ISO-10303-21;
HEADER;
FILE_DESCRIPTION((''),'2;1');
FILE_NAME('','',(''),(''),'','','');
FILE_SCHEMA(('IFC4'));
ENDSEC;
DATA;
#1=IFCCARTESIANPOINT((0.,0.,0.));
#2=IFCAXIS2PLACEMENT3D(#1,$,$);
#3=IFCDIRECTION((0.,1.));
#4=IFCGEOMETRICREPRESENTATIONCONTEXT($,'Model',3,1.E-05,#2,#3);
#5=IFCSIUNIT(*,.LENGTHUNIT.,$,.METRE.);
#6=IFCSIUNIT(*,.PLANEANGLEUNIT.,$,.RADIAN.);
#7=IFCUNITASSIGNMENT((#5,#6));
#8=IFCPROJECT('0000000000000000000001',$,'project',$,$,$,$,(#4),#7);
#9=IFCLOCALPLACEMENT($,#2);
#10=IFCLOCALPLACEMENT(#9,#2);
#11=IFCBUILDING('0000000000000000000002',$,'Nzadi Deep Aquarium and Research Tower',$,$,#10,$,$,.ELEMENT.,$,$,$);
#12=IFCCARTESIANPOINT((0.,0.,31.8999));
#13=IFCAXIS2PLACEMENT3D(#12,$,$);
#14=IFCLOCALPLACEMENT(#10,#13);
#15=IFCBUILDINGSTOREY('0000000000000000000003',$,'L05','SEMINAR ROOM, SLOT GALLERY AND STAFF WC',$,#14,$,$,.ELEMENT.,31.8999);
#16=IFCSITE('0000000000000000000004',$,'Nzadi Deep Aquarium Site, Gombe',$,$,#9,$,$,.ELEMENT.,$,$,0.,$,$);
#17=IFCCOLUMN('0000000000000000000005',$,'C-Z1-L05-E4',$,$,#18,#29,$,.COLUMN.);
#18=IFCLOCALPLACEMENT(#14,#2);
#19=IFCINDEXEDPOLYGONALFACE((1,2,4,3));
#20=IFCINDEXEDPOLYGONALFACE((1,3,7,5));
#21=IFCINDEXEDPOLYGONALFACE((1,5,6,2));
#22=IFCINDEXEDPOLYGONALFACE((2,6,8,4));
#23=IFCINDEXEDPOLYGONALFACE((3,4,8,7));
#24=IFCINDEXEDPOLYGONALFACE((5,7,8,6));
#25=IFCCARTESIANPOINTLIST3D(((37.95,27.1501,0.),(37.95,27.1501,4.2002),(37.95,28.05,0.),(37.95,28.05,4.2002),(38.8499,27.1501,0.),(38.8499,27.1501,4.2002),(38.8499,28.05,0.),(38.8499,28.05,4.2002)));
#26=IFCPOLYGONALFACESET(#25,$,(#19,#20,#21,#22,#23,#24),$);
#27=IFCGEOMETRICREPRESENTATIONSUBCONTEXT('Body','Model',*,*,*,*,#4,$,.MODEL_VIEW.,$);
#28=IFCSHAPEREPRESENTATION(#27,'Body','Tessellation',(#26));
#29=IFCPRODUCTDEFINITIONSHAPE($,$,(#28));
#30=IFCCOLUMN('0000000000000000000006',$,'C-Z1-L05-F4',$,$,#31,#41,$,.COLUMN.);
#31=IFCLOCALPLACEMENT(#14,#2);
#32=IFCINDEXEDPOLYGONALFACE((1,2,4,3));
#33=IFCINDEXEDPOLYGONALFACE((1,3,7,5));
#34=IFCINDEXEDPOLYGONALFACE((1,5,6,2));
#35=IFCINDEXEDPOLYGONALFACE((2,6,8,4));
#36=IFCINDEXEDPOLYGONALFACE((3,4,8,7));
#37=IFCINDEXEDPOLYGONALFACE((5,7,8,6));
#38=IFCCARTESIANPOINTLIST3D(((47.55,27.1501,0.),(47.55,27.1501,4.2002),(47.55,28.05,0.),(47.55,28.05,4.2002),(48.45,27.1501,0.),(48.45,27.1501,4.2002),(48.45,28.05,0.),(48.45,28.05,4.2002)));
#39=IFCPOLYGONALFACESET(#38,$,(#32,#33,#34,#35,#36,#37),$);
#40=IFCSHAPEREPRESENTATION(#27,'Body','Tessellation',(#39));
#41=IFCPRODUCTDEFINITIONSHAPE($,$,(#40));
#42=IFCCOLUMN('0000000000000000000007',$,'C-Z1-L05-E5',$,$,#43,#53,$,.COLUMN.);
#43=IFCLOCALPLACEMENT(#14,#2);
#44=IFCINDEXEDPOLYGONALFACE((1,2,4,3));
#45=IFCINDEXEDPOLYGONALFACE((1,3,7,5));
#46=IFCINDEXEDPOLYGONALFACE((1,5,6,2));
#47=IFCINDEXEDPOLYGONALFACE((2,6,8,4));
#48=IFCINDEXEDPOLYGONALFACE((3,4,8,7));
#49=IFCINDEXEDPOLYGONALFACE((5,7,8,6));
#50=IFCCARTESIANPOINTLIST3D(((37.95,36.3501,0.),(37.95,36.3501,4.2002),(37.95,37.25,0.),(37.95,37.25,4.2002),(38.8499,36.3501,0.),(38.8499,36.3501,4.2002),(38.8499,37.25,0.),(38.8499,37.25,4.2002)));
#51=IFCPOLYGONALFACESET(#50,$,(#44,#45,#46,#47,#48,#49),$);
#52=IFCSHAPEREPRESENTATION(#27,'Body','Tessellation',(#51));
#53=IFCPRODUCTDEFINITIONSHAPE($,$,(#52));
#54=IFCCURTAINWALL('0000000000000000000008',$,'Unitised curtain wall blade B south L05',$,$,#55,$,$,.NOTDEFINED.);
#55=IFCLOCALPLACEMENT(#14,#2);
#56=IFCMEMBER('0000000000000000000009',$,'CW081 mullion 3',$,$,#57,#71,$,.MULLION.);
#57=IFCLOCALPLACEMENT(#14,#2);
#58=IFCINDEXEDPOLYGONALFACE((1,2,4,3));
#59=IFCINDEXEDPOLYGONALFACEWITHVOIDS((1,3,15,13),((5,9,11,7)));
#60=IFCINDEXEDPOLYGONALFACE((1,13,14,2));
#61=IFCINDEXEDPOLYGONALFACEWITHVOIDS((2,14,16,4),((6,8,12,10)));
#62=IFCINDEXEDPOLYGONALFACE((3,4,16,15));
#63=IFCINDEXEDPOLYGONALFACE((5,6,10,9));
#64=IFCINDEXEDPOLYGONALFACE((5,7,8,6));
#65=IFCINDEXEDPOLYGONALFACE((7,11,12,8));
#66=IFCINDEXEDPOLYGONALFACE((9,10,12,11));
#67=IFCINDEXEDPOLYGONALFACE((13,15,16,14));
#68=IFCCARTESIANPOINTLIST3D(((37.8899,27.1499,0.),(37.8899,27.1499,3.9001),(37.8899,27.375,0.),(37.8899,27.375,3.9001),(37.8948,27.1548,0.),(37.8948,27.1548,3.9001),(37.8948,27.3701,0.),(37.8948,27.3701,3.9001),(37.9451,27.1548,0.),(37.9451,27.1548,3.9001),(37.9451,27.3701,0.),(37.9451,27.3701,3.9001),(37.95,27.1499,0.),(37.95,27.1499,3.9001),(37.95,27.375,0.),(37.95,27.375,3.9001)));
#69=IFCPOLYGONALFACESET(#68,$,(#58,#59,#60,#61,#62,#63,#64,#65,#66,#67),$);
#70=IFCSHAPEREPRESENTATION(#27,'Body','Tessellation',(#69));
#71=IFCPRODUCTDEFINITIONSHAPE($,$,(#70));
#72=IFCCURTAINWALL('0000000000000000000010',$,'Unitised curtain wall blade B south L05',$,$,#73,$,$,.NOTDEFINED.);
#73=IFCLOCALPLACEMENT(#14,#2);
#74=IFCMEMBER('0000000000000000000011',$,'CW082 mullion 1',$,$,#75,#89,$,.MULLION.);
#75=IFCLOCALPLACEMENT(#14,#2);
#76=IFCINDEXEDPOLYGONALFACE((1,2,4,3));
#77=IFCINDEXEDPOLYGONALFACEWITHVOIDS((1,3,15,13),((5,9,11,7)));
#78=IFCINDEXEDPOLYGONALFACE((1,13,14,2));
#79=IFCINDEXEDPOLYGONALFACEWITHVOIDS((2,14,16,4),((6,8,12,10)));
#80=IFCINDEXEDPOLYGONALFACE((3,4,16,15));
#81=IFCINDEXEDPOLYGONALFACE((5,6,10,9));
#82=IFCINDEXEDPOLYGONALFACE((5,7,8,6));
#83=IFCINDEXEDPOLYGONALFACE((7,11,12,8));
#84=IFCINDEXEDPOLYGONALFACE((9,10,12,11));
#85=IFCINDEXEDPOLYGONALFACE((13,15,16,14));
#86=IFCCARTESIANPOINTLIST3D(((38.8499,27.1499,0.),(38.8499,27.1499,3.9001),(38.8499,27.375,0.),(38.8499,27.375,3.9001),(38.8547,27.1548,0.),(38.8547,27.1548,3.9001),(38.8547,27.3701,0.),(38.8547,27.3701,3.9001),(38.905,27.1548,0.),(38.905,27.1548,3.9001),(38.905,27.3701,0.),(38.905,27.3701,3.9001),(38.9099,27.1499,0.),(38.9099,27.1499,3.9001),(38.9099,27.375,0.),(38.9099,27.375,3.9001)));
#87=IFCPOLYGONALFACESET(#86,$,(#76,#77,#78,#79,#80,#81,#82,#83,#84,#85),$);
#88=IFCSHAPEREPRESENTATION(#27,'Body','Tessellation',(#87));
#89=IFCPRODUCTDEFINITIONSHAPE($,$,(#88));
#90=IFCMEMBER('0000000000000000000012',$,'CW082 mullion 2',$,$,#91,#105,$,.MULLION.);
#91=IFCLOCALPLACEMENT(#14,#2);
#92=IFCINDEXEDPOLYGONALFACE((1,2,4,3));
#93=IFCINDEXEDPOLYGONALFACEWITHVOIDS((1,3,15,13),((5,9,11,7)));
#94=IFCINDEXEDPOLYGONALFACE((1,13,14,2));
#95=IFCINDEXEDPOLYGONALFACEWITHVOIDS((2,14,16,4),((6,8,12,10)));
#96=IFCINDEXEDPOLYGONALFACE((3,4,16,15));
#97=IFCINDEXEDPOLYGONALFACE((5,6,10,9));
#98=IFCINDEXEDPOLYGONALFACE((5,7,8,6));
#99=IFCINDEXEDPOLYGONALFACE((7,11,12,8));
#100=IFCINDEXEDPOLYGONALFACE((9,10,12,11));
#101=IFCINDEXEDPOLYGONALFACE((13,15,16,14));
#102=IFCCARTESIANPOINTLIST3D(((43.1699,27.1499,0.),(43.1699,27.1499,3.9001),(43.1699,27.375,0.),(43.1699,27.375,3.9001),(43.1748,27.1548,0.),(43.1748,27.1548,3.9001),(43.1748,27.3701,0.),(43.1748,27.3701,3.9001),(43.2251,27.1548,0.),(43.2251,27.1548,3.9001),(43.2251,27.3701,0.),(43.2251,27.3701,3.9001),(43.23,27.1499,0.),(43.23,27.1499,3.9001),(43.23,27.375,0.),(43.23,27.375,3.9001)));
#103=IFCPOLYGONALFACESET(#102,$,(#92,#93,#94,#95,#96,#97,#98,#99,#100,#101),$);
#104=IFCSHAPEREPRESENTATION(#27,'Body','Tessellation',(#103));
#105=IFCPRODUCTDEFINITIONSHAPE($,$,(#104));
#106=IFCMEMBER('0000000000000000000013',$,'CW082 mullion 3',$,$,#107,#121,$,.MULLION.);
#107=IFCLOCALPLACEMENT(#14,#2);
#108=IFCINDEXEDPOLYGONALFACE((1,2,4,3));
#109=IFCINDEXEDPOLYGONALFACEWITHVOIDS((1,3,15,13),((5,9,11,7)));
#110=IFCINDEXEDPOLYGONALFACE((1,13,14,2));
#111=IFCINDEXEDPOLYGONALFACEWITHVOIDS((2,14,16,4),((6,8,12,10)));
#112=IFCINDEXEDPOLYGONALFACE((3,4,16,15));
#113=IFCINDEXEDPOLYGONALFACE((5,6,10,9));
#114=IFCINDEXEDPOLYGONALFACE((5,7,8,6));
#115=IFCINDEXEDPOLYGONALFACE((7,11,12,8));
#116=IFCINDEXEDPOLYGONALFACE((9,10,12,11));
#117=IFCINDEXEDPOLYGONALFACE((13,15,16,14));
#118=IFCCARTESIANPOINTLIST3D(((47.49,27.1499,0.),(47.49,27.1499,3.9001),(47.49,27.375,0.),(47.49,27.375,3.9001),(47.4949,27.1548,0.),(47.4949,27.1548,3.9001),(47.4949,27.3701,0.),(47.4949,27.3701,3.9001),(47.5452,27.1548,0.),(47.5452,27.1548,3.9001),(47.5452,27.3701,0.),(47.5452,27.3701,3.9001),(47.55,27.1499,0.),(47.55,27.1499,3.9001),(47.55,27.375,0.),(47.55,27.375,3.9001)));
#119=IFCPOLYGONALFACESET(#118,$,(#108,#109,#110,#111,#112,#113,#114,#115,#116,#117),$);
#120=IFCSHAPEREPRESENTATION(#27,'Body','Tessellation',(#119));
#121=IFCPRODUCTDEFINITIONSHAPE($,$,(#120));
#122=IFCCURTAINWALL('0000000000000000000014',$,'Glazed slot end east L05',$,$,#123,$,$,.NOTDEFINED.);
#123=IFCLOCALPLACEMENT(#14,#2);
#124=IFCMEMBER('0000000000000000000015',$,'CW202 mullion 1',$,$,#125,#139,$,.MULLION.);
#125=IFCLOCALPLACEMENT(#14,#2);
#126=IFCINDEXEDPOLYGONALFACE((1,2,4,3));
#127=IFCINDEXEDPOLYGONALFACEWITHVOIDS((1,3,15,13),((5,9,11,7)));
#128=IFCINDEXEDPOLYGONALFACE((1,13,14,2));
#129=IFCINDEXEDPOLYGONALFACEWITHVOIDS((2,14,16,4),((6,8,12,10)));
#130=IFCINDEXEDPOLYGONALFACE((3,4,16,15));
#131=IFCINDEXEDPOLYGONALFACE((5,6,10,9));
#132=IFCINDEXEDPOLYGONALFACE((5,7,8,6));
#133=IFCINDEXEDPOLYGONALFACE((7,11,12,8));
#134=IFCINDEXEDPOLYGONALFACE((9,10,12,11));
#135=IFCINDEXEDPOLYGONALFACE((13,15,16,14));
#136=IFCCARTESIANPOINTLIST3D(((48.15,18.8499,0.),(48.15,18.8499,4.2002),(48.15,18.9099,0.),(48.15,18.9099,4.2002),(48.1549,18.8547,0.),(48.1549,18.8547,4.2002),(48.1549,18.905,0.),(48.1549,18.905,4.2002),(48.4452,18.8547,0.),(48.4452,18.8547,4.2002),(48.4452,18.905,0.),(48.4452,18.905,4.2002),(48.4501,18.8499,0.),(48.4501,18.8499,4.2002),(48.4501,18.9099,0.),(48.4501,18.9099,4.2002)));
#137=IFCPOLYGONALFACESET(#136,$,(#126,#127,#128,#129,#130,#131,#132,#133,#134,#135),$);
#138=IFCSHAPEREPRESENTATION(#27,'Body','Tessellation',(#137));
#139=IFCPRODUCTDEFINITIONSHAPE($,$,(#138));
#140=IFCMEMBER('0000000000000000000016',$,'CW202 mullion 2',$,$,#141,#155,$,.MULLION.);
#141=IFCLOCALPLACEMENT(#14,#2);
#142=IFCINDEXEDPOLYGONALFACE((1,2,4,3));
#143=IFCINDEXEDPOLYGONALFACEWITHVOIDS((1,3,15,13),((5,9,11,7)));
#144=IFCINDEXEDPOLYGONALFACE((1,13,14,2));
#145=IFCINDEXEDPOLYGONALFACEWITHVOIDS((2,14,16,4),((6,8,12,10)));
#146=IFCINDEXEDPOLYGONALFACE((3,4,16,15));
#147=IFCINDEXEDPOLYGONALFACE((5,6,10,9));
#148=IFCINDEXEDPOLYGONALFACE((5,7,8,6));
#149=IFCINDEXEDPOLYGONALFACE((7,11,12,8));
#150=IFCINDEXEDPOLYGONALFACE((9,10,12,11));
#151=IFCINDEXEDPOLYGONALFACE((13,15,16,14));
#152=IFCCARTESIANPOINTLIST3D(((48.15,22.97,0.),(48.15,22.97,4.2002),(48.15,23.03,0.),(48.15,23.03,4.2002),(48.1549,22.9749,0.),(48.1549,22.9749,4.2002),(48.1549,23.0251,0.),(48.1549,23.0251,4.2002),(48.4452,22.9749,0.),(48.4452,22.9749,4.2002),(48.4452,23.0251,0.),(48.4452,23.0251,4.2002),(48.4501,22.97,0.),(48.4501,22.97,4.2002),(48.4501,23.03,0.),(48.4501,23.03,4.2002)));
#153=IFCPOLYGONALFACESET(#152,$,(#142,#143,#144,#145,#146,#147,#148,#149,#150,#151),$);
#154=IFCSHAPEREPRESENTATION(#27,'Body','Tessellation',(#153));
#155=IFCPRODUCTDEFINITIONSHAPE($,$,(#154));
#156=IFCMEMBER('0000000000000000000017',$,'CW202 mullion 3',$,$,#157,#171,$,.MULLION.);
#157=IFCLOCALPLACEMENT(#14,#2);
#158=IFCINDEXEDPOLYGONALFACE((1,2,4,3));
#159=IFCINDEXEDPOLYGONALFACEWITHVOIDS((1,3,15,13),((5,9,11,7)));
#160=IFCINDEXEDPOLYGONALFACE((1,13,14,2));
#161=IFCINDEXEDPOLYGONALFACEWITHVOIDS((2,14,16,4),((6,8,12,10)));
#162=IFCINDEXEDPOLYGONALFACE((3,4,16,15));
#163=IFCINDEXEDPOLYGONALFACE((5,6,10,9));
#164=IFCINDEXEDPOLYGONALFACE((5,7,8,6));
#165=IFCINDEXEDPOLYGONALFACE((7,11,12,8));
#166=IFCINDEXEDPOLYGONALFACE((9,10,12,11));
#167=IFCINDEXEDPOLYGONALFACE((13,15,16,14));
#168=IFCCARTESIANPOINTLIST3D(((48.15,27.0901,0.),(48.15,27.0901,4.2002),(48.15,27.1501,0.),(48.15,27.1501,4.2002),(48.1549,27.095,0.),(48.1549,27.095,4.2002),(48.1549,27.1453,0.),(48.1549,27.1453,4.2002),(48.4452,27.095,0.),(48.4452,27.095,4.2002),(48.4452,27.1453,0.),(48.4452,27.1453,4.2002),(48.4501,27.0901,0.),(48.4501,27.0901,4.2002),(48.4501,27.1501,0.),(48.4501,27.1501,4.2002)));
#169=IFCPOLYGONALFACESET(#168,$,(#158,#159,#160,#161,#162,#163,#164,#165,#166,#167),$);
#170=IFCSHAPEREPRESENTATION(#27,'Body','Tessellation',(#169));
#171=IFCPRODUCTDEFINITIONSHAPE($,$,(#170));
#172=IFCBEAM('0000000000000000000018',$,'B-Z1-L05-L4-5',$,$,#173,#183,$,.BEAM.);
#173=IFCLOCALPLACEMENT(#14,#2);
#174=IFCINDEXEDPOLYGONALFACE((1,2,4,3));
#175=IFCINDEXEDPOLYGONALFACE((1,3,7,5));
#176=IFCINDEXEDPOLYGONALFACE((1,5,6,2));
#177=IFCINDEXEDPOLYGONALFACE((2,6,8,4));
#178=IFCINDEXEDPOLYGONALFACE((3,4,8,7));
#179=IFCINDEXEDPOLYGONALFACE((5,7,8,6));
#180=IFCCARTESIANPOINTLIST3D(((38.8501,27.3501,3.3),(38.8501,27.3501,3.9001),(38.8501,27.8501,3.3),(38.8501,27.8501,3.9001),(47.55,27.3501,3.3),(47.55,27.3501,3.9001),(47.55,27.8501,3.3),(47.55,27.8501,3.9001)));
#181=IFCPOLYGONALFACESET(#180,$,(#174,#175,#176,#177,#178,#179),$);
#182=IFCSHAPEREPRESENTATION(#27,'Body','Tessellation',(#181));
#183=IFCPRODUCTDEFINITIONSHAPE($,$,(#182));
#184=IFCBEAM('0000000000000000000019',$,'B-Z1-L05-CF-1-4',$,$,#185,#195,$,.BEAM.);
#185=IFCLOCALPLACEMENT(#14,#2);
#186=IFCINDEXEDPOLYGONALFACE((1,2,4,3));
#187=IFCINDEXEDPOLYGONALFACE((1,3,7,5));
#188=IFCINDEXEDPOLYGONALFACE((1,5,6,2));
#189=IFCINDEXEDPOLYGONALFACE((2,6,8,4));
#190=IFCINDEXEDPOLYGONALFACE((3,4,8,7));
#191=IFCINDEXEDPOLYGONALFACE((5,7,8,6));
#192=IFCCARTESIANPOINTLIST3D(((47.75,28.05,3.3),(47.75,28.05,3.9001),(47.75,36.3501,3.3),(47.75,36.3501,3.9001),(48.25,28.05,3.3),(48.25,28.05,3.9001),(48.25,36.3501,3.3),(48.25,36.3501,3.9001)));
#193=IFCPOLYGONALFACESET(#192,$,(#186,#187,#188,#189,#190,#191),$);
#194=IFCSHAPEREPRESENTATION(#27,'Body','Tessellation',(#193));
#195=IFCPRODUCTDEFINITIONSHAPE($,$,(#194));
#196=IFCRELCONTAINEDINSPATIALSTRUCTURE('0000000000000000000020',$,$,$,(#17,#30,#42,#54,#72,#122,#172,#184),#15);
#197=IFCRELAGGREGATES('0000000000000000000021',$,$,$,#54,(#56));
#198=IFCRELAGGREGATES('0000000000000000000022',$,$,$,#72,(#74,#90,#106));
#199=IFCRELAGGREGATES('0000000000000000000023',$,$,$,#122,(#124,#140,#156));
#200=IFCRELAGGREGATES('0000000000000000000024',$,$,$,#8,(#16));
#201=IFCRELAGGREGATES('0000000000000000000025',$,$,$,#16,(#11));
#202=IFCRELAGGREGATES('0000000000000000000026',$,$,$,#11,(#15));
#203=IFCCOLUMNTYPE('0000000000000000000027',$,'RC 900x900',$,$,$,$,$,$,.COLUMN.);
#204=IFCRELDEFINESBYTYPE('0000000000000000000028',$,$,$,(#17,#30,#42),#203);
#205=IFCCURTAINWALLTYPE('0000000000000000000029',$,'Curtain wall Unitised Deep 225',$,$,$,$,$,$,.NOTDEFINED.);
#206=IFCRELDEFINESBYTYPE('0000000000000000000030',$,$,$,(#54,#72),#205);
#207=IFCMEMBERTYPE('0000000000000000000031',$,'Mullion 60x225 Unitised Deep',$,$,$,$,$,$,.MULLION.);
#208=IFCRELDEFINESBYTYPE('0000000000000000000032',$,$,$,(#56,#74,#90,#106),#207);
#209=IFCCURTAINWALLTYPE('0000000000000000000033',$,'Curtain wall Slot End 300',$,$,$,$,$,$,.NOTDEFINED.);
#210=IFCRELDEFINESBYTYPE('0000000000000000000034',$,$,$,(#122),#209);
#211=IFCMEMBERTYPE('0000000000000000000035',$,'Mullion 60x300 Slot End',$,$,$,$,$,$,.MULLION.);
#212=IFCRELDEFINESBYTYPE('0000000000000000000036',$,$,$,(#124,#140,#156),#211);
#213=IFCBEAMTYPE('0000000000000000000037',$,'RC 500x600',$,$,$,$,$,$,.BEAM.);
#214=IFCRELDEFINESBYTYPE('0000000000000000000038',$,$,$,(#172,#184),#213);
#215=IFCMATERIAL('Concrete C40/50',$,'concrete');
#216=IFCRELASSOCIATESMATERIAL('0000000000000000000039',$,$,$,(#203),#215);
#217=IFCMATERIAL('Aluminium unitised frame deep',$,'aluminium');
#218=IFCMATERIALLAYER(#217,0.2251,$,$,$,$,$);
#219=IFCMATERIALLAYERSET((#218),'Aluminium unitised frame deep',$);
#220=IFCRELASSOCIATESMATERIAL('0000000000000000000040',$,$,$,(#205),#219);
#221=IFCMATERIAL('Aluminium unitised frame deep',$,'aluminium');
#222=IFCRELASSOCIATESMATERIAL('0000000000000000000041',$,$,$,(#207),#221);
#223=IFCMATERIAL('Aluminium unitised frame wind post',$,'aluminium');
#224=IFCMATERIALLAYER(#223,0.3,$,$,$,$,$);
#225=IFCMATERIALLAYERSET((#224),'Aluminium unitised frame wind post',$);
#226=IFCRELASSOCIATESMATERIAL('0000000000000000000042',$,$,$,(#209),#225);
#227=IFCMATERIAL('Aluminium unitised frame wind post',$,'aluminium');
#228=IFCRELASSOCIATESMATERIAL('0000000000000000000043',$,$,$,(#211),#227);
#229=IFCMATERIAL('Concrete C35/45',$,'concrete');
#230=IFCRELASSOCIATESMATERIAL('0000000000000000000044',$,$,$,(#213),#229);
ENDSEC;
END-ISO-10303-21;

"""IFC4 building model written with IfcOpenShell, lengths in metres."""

from ifc_helpers import new_model, si_unit, direction, frame, origin, origin_2d, place, context, subcontext, project, spatial, rectangle, hollow_rectangle, extrude, material, layer, layer_set, material_profile, profile_set, type_object, element, aggregate, save


model = new_model("IFC4")

# Units and contexts
model_context = context("Model", 3, precision=1e-05, world=origin(), true_north=direction((0.0, 1.0)))
body_context = subcontext(model_context, "Body", "Model", "MODEL_VIEW")
ifc_project = project(units=[si_unit("LENGTHUNIT", "METRE"), si_unit("PLANEANGLEUNIT", "RADIAN")], contexts=[model_context])

# Site, building, storey
site_placement = place(None, origin())
site = spatial("IfcSite", under=ifc_project, at=site_placement, Name="Nzadi Deep Aquarium Site, Gombe", CompositionType="ELEMENT", RefElevation=0.0)
building_placement = place(site_placement, origin())
building = spatial("IfcBuilding", under=site, at=building_placement, Name="Nzadi Deep Aquarium and Research Tower", CompositionType="ELEMENT")
storey_placement = place(building_placement, frame((0.0, 0.0, 31.8999)))
storey = spatial("IfcBuildingStorey", under=building, at=storey_placement, Name="L05", Description="SEMINAR ROOM, SLOT GALLERY AND STAFF WC", CompositionType="ELEMENT", Elevation=31.8999)

# Columns
ifc_material_1 = material(Name="Concrete C40/50", Category="concrete")
ifc_material_profile_1 = material_profile(ifc_material_1, rectangle(XDim=0.8999, YDim=0.8999, at=origin_2d()))
ifc_profile_set_1 = profile_set([ifc_material_profile_1], Name="Concrete C40/50")
column_type = type_object("IfcColumnType", Name="RC 900x900", PredefinedType="COLUMN", material=ifc_profile_set_1)
for number, where, z_axis, x_axis, name in (
    (1, (38.3999, 27.6001, 0.0), (0.0, 0.0, 1.0), (1.0, 0.0, 0.0), "C-Z1-L05-E4"),
    (2, (48.0, 27.6001, 0.0), (0.0, 0.0, 1.0), (1.0, 0.0, 0.0), "C-Z1-L05-F4"),
    (3, (38.3999, 36.8, 0.0), (0.0, 0.0, 1.0), (1.0, 0.0, 0.0), "C-Z1-L05-E5"),
):
    element("IfcColumn", number, at=place(storey_placement, frame(where, z_axis=z_axis, x_axis=x_axis)), inside=storey, type_object=column_type, Name=name, PredefinedType="COLUMN", context=body_context, shape_type="SweptSolid", body=[
        extrude(rectangle(XDim=0.8999, YDim=0.8999, at=origin_2d()), origin(), (0.0, 0.0, 1.0), 4.2002),
    ])

# Curtain wall, member
ifc_material_2 = material(Name="Aluminium unitised frame deep", Category="aluminium")
ifc_layer_1 = layer(ifc_material_2, 0.2251)
ifc_layer_set_1 = layer_set([ifc_layer_1], Name="Aluminium unitised frame deep")
curtain_wall_type_1 = type_object("IfcCurtainWallType", Name="Curtain wall Unitised Deep 225", PredefinedType="NOTDEFINED", material=ifc_layer_set_1)
curtain_wall_1_placement = place(storey_placement, origin())
curtain_wall_1 = element("IfcCurtainWall", 4, at=curtain_wall_1_placement, inside=storey, type_object=curtain_wall_type_1, Name="Unitised curtain wall blade B south L05", PredefinedType="NOTDEFINED")
ifc_material_3 = material(Name="Aluminium unitised frame deep", Category="aluminium")
ifc_material_profile_2 = material_profile(ifc_material_3, hollow_rectangle(XDim=0.2251, YDim=0.0601, WallThickness=0.0049, at=origin_2d()))
ifc_profile_set_2 = profile_set([ifc_material_profile_2], Name="Aluminium unitised frame deep")
member_type_1 = type_object("IfcMemberType", Name="Mullion 60x225 Unitised Deep", PredefinedType="MULLION", material=ifc_profile_set_2)
member_1_placement = place(storey_placement, frame((37.9199, 27.2625, 0.0), z_axis=(0.0, 0.0, 1.0), x_axis=(0.0, 1.0, 0.0)))
member_1 = element("IfcMember", 5, at=member_1_placement, type_object=member_type_1, Name="CW081 mullion 3", PredefinedType="MULLION", context=body_context, shape_type="SweptSolid", body=[
    extrude(hollow_rectangle(XDim=0.2251, YDim=0.0601, WallThickness=0.0049, at=origin_2d()), origin(), (0.0, 0.0, 1.0), 3.9001),
])

# Curtain walls, members
curtain_wall_2_placement = place(storey_placement, origin())
curtain_wall_2 = element("IfcCurtainWall", 6, at=curtain_wall_2_placement, inside=storey, type_object=curtain_wall_type_1, Name="Unitised curtain wall blade B south L05", PredefinedType="NOTDEFINED")
member_2_placement = place(storey_placement, frame((38.8799, 27.2625, 0.0), z_axis=(0.0, 0.0, 1.0), x_axis=(0.0, 1.0, 0.0)))
member_2 = element("IfcMember", 7, at=member_2_placement, type_object=member_type_1, Name="CW082 mullion 1", PredefinedType="MULLION", context=body_context, shape_type="SweptSolid", body=[
    extrude(hollow_rectangle(XDim=0.2251, YDim=0.0601, WallThickness=0.0049, at=origin_2d()), origin(), (0.0, 0.0, 1.0), 3.9001),
])
member_3_placement = place(storey_placement, frame((43.2, 27.2625, 0.0), z_axis=(0.0, 0.0, 1.0), x_axis=(0.0, 1.0, 0.0)))
member_3 = element("IfcMember", 8, at=member_3_placement, type_object=member_type_1, Name="CW082 mullion 2", PredefinedType="MULLION", context=body_context, shape_type="SweptSolid", body=[
    extrude(hollow_rectangle(XDim=0.2251, YDim=0.0601, WallThickness=0.0049, at=origin_2d()), origin(), (0.0, 0.0, 1.0), 3.9001),
])
member_4_placement = place(storey_placement, frame((47.52, 27.2625, 0.0), z_axis=(0.0, 0.0, 1.0), x_axis=(0.0, 1.0, 0.0)))
member_4 = element("IfcMember", 9, at=member_4_placement, type_object=member_type_1, Name="CW082 mullion 3", PredefinedType="MULLION", context=body_context, shape_type="SweptSolid", body=[
    extrude(hollow_rectangle(XDim=0.2251, YDim=0.0601, WallThickness=0.0049, at=origin_2d()), origin(), (0.0, 0.0, 1.0), 3.9001),
])
ifc_material_4 = material(Name="Aluminium unitised frame wind post", Category="aluminium")
ifc_layer_2 = layer(ifc_material_4, 0.3)
ifc_layer_set_2 = layer_set([ifc_layer_2], Name="Aluminium unitised frame wind post")
curtain_wall_type_2 = type_object("IfcCurtainWallType", Name="Curtain wall Slot End 300", PredefinedType="NOTDEFINED", material=ifc_layer_set_2)
curtain_wall_3_placement = place(storey_placement, origin())
curtain_wall_3 = element("IfcCurtainWall", 10, at=curtain_wall_3_placement, inside=storey, type_object=curtain_wall_type_2, Name="Glazed slot end east L05", PredefinedType="NOTDEFINED")
ifc_material_5 = material(Name="Aluminium unitised frame wind post", Category="aluminium")
ifc_material_profile_3 = material_profile(ifc_material_5, hollow_rectangle(XDim=0.3, YDim=0.0601, WallThickness=0.0049, at=origin_2d()))
ifc_profile_set_3 = profile_set([ifc_material_profile_3], Name="Aluminium unitised frame wind post")
member_type_2 = type_object("IfcMemberType", Name="Mullion 60x300 Slot End", PredefinedType="MULLION", material=ifc_profile_set_3)
member_5_placement = place(storey_placement, frame((48.3, 18.8799, 0.0), z_axis=(0.0, 0.0, 1.0), x_axis=(-1.0, 0.0, 0.0)))
member_5 = element("IfcMember", 11, at=member_5_placement, type_object=member_type_2, Name="CW202 mullion 1", PredefinedType="MULLION", context=body_context, shape_type="SweptSolid", body=[
    extrude(hollow_rectangle(XDim=0.3, YDim=0.0601, WallThickness=0.0049, at=origin_2d()), origin(), (0.0, 0.0, 1.0), 4.2002),
])
member_6_placement = place(storey_placement, frame((48.3, 23.0, 0.0), z_axis=(0.0, 0.0, 1.0), x_axis=(-1.0, 0.0, 0.0)))
member_6 = element("IfcMember", 12, at=member_6_placement, type_object=member_type_2, Name="CW202 mullion 2", PredefinedType="MULLION", context=body_context, shape_type="SweptSolid", body=[
    extrude(hollow_rectangle(XDim=0.3, YDim=0.0601, WallThickness=0.0049, at=origin_2d()), origin(), (0.0, 0.0, 1.0), 4.2002),
])
member_7_placement = place(storey_placement, frame((48.3, 27.1201, 0.0), z_axis=(0.0, 0.0, 1.0), x_axis=(-1.0, 0.0, 0.0)))
member_7 = element("IfcMember", 13, at=member_7_placement, type_object=member_type_2, Name="CW202 mullion 3", PredefinedType="MULLION", context=body_context, shape_type="SweptSolid", body=[
    extrude(hollow_rectangle(XDim=0.3, YDim=0.0601, WallThickness=0.0049, at=origin_2d()), origin(), (0.0, 0.0, 1.0), 4.2002),
])

# Beams
ifc_material_6 = material(Name="Concrete C35/45", Category="concrete")
ifc_material_profile_4 = material_profile(ifc_material_6, rectangle(XDim=0.5, YDim=0.6001, at=origin_2d()))
ifc_profile_set_4 = profile_set([ifc_material_profile_4], Name="Concrete C35/45")
beam_type = type_object("IfcBeamType", Name="RC 500x600", PredefinedType="BEAM", material=ifc_profile_set_4)
beam_1_placement = place(storey_placement, frame((38.8501, 27.6001, 3.6001), z_axis=(1.0, 0.0, 0.0), x_axis=(0.0, 1.0, 0.0)))
element("IfcBeam", 14, at=beam_1_placement, inside=storey, type_object=beam_type, Name="B-Z1-L05-L4-5", PredefinedType="BEAM", context=body_context, shape_type="SweptSolid", body=[
    extrude(rectangle(XDim=0.5, YDim=0.6001, at=origin_2d()), origin(), (0.0, 0.0, 1.0), 8.7),
])
beam_2_placement = place(storey_placement, frame((48.0, 28.05, 3.6001), z_axis=(0.0, 1.0, 0.0), x_axis=(-1.0, 0.0, 0.0)))
element("IfcBeam", 15, at=beam_2_placement, inside=storey, type_object=beam_type, Name="B-Z1-L05-CF-1-4", PredefinedType="BEAM", context=body_context, shape_type="SweptSolid", body=[
    extrude(rectangle(XDim=0.5, YDim=0.6001, at=origin_2d()), origin(), (0.0, 0.0, 1.0), 8.3),
])

aggregate(curtain_wall_1, [member_1])
aggregate(curtain_wall_2, [member_2, member_3, member_4])
aggregate(curtain_wall_3, [member_5, member_6, member_7])

save(model, "model.ifc")
